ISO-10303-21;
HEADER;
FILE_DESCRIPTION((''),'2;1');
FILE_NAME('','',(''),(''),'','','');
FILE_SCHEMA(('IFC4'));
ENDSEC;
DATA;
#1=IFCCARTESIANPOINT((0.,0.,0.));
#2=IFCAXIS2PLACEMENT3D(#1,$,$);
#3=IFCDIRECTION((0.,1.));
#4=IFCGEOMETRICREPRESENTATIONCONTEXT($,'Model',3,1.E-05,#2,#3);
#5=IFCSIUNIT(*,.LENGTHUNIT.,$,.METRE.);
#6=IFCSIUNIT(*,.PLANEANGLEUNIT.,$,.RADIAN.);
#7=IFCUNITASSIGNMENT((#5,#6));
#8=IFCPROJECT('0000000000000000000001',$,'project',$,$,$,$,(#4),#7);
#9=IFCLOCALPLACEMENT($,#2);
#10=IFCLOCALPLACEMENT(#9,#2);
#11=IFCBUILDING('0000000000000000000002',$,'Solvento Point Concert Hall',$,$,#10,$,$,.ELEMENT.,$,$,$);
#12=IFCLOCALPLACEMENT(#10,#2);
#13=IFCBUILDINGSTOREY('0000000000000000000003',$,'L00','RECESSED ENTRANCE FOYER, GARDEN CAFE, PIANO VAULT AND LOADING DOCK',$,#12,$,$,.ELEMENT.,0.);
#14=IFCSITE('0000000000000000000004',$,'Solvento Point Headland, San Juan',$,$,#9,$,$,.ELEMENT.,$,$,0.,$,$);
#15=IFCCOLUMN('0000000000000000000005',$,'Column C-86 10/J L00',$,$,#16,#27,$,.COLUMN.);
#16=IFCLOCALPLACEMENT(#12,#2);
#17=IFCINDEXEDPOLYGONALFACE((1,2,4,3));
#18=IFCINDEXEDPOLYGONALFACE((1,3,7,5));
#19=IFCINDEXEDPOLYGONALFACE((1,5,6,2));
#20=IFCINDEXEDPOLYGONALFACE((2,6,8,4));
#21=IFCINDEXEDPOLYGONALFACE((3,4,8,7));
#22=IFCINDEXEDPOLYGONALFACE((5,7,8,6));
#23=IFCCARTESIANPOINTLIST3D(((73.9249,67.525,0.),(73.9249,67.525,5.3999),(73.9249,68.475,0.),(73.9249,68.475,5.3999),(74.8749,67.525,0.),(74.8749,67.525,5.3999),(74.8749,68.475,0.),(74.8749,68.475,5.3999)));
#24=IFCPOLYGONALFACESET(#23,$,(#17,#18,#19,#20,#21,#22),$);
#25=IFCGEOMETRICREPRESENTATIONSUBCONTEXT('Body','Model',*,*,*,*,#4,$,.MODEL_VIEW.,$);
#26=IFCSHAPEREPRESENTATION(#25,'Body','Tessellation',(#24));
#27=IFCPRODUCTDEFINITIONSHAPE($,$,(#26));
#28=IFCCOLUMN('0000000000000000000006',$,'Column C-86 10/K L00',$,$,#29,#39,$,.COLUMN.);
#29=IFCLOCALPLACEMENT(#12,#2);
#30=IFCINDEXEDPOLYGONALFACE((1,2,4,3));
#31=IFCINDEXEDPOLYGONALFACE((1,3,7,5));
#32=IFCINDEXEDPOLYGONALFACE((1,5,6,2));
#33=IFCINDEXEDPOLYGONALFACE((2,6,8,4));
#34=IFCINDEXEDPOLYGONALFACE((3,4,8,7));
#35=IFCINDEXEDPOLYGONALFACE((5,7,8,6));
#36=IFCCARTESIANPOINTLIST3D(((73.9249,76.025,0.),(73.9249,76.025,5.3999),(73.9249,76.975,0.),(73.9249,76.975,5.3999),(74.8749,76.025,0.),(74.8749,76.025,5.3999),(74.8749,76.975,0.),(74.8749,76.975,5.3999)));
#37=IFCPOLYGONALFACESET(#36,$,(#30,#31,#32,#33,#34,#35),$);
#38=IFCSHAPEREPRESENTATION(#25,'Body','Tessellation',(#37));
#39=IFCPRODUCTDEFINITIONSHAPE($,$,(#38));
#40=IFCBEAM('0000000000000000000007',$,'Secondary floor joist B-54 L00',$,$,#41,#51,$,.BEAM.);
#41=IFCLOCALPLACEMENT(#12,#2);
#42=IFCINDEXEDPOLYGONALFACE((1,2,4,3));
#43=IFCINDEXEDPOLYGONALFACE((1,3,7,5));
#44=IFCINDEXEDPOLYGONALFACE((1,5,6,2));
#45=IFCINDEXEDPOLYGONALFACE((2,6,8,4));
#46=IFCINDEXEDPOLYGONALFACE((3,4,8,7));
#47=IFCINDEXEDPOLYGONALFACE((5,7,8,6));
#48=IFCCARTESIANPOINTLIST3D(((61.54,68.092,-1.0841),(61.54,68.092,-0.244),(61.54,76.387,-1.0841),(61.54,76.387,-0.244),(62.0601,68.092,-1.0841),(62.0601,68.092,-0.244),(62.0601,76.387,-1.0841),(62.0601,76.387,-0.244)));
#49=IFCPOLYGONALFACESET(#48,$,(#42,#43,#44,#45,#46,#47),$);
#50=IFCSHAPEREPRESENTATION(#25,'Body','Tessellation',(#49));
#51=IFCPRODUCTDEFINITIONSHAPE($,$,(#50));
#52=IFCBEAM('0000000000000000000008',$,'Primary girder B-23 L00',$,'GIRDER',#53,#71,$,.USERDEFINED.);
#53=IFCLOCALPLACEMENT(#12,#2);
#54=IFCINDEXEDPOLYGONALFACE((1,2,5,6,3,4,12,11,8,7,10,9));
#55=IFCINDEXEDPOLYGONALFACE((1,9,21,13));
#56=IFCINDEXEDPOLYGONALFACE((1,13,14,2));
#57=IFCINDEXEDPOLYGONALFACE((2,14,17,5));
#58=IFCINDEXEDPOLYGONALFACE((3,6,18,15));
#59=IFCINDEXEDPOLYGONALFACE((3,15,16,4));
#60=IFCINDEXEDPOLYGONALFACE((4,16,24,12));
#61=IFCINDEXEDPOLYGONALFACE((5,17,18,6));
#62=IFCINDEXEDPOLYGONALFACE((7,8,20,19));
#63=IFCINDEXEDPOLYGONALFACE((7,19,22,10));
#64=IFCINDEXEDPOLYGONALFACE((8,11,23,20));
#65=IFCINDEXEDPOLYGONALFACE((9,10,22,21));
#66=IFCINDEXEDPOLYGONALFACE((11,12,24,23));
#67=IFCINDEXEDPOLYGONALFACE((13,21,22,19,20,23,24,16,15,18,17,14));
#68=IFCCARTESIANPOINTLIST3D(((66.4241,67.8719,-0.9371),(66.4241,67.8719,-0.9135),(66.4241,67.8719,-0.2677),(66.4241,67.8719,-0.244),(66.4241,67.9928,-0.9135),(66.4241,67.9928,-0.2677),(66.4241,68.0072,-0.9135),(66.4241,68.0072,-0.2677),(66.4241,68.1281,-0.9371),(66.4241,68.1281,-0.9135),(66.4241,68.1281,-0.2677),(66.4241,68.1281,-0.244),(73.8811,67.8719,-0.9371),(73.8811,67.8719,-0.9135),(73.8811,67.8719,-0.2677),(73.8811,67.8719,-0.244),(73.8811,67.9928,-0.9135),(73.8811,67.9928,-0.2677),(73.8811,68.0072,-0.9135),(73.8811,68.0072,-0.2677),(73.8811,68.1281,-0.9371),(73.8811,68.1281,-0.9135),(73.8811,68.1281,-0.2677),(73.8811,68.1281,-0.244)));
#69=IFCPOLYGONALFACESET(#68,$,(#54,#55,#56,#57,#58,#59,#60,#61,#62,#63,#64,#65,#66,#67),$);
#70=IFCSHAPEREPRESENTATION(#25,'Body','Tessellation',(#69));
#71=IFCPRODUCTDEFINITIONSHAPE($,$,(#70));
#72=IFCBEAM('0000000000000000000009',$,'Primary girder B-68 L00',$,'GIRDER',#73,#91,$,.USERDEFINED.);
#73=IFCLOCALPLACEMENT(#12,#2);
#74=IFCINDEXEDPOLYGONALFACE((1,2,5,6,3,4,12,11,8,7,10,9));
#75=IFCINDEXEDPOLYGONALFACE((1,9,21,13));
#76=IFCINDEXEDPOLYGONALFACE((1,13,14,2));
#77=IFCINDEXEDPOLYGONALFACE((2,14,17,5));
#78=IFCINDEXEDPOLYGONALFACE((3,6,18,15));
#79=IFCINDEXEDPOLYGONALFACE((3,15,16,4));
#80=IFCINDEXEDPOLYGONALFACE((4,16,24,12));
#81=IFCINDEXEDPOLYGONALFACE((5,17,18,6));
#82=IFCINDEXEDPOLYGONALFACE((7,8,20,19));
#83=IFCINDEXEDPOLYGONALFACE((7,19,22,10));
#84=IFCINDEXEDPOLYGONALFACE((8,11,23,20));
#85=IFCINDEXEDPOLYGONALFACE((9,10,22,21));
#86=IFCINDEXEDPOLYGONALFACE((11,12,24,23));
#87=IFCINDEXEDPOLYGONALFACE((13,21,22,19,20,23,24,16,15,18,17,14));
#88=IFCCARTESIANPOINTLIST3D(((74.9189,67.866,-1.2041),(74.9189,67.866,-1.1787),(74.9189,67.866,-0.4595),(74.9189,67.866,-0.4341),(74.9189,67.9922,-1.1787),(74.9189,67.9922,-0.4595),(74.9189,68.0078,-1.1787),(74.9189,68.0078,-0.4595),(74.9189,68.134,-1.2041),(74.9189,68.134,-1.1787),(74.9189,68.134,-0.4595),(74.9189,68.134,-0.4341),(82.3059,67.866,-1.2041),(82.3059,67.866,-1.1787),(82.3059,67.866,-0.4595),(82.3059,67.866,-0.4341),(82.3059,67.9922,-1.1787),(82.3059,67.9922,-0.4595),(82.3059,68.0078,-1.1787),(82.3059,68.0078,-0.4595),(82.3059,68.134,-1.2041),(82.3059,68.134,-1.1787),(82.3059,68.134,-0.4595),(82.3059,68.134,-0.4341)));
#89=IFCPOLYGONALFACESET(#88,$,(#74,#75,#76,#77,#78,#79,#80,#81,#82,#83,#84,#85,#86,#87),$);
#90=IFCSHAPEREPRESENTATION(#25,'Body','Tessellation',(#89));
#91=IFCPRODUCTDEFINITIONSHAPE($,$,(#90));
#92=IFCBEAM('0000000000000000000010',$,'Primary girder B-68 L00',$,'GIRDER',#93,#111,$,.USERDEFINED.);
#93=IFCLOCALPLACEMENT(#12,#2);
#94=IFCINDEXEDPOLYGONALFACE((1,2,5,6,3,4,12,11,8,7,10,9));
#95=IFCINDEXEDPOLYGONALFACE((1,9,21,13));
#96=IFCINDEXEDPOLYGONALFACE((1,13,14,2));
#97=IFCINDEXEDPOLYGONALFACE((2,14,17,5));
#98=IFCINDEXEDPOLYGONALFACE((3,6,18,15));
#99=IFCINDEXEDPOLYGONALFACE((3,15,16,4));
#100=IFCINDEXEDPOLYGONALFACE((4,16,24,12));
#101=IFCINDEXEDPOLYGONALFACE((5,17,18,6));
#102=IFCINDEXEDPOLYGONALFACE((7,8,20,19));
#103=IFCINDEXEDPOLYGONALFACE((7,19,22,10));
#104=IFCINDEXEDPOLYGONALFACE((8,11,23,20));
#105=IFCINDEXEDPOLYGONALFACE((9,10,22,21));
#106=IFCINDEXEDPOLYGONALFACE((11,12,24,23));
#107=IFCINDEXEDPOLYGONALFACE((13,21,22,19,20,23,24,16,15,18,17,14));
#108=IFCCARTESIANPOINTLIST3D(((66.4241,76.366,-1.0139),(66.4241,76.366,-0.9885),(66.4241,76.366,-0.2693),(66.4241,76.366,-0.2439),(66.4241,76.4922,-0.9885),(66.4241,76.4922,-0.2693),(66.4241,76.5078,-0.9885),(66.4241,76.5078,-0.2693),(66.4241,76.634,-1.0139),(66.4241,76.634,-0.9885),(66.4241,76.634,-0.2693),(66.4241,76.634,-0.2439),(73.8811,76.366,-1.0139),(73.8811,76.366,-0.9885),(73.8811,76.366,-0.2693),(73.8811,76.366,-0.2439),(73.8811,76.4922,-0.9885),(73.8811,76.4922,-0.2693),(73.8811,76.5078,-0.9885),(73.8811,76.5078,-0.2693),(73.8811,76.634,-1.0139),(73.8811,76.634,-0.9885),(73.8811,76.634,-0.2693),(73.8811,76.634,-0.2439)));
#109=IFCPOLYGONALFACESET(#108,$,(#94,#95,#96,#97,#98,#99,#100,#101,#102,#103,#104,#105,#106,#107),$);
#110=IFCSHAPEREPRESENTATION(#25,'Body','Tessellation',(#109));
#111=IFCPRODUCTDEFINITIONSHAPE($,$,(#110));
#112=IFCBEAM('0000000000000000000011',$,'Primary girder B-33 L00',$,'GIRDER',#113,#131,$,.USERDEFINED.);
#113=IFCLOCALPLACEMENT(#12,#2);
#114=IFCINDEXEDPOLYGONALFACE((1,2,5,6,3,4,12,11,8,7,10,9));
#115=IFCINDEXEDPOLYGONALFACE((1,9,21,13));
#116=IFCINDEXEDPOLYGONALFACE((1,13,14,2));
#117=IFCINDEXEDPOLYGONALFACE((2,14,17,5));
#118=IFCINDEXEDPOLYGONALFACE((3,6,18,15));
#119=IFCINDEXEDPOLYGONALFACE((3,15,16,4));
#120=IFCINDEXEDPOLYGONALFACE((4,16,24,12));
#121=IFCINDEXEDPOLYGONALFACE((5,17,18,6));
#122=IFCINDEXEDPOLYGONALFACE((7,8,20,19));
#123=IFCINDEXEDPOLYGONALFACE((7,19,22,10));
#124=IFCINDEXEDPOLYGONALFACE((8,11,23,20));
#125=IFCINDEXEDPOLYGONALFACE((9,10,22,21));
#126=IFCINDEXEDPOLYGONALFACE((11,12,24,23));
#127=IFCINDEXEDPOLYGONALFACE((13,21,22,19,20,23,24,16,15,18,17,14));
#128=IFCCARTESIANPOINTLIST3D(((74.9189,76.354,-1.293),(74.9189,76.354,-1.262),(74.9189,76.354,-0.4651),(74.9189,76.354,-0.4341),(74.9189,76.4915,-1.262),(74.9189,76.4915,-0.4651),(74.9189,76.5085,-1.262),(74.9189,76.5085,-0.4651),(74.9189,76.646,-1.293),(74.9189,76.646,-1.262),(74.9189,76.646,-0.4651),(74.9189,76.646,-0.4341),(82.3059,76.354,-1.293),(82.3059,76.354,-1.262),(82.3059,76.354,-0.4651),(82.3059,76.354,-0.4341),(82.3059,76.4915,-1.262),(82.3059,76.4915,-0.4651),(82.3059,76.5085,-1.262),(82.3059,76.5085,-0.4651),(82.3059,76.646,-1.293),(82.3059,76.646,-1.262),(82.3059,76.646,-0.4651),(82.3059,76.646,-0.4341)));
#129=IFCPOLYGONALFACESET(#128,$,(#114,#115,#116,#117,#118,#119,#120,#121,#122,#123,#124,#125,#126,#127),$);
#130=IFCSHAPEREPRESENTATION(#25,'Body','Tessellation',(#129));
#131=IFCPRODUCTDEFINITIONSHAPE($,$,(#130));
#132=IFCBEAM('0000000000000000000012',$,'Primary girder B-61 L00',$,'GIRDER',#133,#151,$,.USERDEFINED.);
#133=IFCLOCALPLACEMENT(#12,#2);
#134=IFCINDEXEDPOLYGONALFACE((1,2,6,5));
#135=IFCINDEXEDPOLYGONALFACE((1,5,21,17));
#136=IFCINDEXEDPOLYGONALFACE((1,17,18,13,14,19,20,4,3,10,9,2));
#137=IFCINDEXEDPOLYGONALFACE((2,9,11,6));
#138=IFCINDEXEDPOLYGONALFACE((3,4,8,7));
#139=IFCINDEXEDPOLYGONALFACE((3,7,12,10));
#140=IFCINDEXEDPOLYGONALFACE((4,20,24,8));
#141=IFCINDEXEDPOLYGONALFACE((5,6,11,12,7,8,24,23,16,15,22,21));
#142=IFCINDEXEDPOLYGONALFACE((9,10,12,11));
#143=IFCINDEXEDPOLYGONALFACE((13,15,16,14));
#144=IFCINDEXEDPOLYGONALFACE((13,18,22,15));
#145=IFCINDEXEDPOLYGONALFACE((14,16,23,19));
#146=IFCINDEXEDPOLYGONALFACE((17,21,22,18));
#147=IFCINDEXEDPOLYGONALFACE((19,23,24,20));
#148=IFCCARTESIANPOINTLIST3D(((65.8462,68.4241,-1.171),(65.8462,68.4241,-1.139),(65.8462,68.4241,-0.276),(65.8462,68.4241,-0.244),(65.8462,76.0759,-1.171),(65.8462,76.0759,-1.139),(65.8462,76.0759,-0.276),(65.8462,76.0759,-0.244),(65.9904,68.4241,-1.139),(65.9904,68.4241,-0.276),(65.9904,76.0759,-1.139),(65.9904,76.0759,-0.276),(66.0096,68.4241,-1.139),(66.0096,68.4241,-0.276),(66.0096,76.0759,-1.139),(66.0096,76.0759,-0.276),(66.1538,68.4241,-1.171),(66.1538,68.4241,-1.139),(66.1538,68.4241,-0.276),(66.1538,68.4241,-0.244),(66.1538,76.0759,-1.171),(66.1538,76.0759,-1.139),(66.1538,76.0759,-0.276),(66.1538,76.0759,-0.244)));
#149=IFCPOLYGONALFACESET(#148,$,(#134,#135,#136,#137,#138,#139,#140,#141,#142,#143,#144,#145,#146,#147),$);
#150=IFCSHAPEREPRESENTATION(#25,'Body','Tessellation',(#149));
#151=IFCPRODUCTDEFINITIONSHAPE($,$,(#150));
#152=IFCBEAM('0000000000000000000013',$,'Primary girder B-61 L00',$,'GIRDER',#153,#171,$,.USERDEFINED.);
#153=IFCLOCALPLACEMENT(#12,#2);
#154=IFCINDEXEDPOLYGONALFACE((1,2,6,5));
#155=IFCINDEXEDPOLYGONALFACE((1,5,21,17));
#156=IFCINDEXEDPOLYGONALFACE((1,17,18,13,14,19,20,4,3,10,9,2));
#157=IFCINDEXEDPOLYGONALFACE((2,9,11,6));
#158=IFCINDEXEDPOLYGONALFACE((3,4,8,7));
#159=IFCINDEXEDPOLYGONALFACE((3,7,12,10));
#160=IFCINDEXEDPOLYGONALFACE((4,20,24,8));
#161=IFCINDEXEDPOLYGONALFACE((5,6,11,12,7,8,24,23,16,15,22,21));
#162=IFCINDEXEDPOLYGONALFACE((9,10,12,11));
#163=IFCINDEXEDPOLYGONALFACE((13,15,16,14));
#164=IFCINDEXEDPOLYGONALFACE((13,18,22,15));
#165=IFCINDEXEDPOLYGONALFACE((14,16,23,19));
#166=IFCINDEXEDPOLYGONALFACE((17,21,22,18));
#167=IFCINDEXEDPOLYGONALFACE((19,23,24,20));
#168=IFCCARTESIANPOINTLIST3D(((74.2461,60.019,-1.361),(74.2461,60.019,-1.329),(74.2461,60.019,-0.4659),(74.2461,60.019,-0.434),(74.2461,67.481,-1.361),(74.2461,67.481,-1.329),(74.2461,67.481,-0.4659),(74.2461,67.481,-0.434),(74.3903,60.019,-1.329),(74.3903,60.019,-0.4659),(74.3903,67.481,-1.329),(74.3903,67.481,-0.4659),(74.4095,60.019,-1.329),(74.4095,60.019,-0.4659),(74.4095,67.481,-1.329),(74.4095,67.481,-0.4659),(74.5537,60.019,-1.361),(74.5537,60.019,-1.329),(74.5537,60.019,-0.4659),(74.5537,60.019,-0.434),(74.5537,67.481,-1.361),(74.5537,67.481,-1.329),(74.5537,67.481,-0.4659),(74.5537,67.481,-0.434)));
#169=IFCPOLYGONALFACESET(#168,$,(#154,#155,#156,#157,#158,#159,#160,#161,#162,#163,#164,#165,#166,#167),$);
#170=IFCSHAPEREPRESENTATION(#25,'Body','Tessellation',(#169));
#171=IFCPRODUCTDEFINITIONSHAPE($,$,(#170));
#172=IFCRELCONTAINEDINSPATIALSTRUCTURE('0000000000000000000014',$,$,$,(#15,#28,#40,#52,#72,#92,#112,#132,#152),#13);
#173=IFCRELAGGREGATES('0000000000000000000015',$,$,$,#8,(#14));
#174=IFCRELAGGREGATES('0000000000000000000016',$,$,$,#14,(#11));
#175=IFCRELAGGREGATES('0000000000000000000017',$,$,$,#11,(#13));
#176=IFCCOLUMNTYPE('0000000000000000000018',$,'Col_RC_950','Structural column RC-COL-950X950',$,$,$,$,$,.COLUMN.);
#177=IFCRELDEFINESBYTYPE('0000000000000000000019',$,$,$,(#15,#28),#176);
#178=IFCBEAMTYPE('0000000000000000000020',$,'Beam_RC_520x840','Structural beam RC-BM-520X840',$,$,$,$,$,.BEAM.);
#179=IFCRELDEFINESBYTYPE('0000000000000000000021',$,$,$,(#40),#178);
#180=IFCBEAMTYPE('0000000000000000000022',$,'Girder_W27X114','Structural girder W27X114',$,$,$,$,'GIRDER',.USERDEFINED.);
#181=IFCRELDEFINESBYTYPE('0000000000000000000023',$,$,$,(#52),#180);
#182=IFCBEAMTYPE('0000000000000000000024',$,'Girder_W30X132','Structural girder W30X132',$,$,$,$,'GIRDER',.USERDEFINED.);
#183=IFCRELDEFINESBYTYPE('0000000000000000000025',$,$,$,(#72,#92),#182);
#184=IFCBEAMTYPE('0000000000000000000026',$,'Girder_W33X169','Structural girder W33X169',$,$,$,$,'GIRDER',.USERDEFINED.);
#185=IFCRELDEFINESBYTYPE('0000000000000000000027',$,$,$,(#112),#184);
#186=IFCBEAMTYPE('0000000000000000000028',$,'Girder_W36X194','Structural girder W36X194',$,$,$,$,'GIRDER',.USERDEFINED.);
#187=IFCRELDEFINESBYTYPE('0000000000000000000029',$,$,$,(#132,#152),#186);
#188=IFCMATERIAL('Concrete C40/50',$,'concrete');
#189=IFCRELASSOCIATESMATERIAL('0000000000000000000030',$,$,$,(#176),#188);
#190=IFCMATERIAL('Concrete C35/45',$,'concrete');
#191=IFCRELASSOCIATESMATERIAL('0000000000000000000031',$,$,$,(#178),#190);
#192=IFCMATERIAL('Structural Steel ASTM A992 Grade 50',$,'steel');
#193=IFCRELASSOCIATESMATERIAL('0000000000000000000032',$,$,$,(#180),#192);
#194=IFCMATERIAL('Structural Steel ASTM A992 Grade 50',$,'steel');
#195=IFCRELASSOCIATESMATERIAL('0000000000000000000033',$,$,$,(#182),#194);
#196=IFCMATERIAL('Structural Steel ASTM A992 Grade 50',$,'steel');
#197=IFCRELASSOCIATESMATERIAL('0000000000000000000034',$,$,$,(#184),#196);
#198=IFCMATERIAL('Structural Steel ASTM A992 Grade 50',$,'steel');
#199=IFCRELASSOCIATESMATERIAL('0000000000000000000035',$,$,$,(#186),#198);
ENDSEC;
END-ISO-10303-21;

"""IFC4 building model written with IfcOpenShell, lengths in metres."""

from ifc_helpers import new_model, si_unit, direction, frame, origin, origin_2d, place, context, subcontext, project, spatial, rectangle, i_section, extrude, material, material_profile, profile_set, type_object, element, save


model = new_model("IFC4")

# Units and contexts
model_context = context("Model", 3, precision=1e-05, world=origin(), true_north=direction((0.0, 1.0)))
body_context = subcontext(model_context, "Body", "Model", "MODEL_VIEW")
ifc_project = project(units=[si_unit("LENGTHUNIT", "METRE"), si_unit("PLANEANGLEUNIT", "RADIAN")], contexts=[model_context])

# Site, building, storey
site_placement = place(None, origin())
site = spatial("IfcSite", under=ifc_project, at=site_placement, Name="Solvento Point Headland, San Juan", CompositionType="ELEMENT", RefElevation=0.0)
building_placement = place(site_placement, origin())
building = spatial("IfcBuilding", under=site, at=building_placement, Name="Solvento Point Concert Hall", CompositionType="ELEMENT")
storey_placement = place(building_placement, origin())
storey = spatial("IfcBuildingStorey", under=building, at=storey_placement, Name="L00", Description="RECESSED ENTRANCE FOYER, GARDEN CAFE, PIANO VAULT AND LOADING DOCK", CompositionType="ELEMENT", Elevation=0.0)

# Columns
ifc_material_1 = material(Name="Concrete C40/50", Category="concrete")
ifc_material_profile_1 = material_profile(ifc_material_1, rectangle(XDim=0.95, YDim=0.95, at=origin_2d()), Name="RC-COL-950X950")
ifc_profile_set_1 = profile_set([ifc_material_profile_1], Name="Concrete C40/50")
column_type = type_object("IfcColumnType", Name="Col_RC_950", Description="Structural column RC-COL-950X950", PredefinedType="COLUMN", material=ifc_profile_set_1)
for number, where, z_axis, x_axis, name in (
    (1, (74.3999, 68.0, 0.0), (0.0, 0.0, 1.0), (1.0, 0.0, 0.0), "Column C-86 10/J L00"),
    (2, (74.3999, 76.5, 0.0), (0.0, 0.0, 1.0), (1.0, 0.0, 0.0), "Column C-86 10/K L00"),
):
    element("IfcColumn", number, at=place(storey_placement, frame(where, z_axis=z_axis, x_axis=x_axis)), inside=storey, type_object=column_type, Name=name, PredefinedType="COLUMN", context=body_context, shape_type="SweptSolid", body=[
        extrude(rectangle(XDim=0.95, YDim=0.95, at=origin_2d()), origin(), (0.0, 0.0, 1.0), 5.3999),
    ])

# Beams
ifc_material_2 = material(Name="Concrete C35/45", Category="concrete")
ifc_material_profile_2 = material_profile(ifc_material_2, rectangle(XDim=0.52, YDim=0.8401, at=origin_2d()), Name="RC-BM-520X840")
ifc_profile_set_2 = profile_set([ifc_material_profile_2], Name="Concrete C35/45")
beam_type_1 = type_object("IfcBeamType", Name="Beam_RC_520x840", Description="Structural beam RC-BM-520X840", PredefinedType="BEAM", material=ifc_profile_set_2)
beam_1_placement = place(storey_placement, frame((61.8, 68.092, -0.6641), z_axis=(0.0, 1.0, 0.0), x_axis=(-1.0, 0.0, 0.0)))
element("IfcBeam", 3, at=beam_1_placement, inside=storey, type_object=beam_type_1, Name="Secondary floor joist B-54 L00", PredefinedType="BEAM", context=body_context, shape_type="SweptSolid", body=[
    extrude(rectangle(XDim=0.52, YDim=0.8401, at=origin_2d()), origin(), (0.0, 0.0, 1.0), 8.2949),
])
ifc_material_3 = material(Name="Structural Steel ASTM A992 Grade 50", Category="steel")
ifc_material_profile_3 = material_profile(ifc_material_3, i_section(OverallWidth=0.2561, OverallDepth=0.6931, WebThickness=0.0144, FlangeThickness=0.0237, at=origin_2d()), Name="W27X114")
ifc_profile_set_3 = profile_set([ifc_material_profile_3], Name="Structural Steel ASTM A992 Grade 50")
beam_type_2 = type_object("IfcBeamType", Name="Girder_W27X114", Description="Structural girder W27X114", ElementType="GIRDER", PredefinedType="USERDEFINED", material=ifc_profile_set_3)
beam_2_placement = place(storey_placement, frame((66.4241, 68.0, -0.5906), z_axis=(1.0, 0.0, 0.0), x_axis=(0.0, 1.0, 0.0)))
element("IfcBeam", 4, at=beam_2_placement, inside=storey, type_object=beam_type_2, Name="Primary girder B-23 L00", ObjectType="GIRDER", PredefinedType="USERDEFINED", context=body_context, shape_type="SweptSolid", body=[
    extrude(i_section(OverallWidth=0.2561, OverallDepth=0.6931, WebThickness=0.0144, FlangeThickness=0.0237, at=origin_2d()), origin(), (0.0, 0.0, 1.0), 7.457),
])
ifc_material_4 = material(Name="Structural Steel ASTM A992 Grade 50", Category="steel")
ifc_material_profile_4 = material_profile(ifc_material_4, i_section(OverallWidth=0.2681, OverallDepth=0.77, WebThickness=0.0156, FlangeThickness=0.0254, at=origin_2d()), Name="W30X132")
ifc_profile_set_4 = profile_set([ifc_material_profile_4], Name="Structural Steel ASTM A992 Grade 50")
beam_type_3 = type_object("IfcBeamType", Name="Girder_W30X132", Description="Structural girder W30X132", ElementType="GIRDER", PredefinedType="USERDEFINED", material=ifc_profile_set_4)
beam_3_placement = place(storey_placement, frame((74.9189, 68.0, -0.8191), z_axis=(1.0, 0.0, 0.0), x_axis=(0.0, 1.0, 0.0)))
element("IfcBeam", 5, at=beam_3_placement, inside=storey, type_object=beam_type_3, Name="Primary girder B-68 L00", ObjectType="GIRDER", PredefinedType="USERDEFINED", context=body_context, shape_type="SweptSolid", body=[
    extrude(i_section(OverallWidth=0.2681, OverallDepth=0.77, WebThickness=0.0156, FlangeThickness=0.0254, at=origin_2d()), origin(), (0.0, 0.0, 1.0), 7.387),
])
beam_4_placement = place(storey_placement, frame((66.4241, 76.5, -0.6289), z_axis=(1.0, 0.0, 0.0), x_axis=(0.0, 1.0, 0.0)))
element("IfcBeam", 6, at=beam_4_placement, inside=storey, type_object=beam_type_3, Name="Primary girder B-68 L00", ObjectType="GIRDER", PredefinedType="USERDEFINED", context=body_context, shape_type="SweptSolid", body=[
    extrude(i_section(OverallWidth=0.2681, OverallDepth=0.77, WebThickness=0.0156, FlangeThickness=0.0254, at=origin_2d()), origin(), (0.0, 0.0, 1.0), 7.457),
])
ifc_material_5 = material(Name="Structural Steel ASTM A992 Grade 50", Category="steel")
ifc_material_profile_5 = material_profile(ifc_material_5, i_section(OverallWidth=0.292, OverallDepth=0.8589, WebThickness=0.0171, FlangeThickness=0.031, at=origin_2d()), Name="W33X169")
ifc_profile_set_5 = profile_set([ifc_material_profile_5], Name="Structural Steel ASTM A992 Grade 50")
beam_type_4 = type_object("IfcBeamType", Name="Girder_W33X169", Description="Structural girder W33X169", ElementType="GIRDER", PredefinedType="USERDEFINED", material=ifc_profile_set_5)
beam_5_placement = place(storey_placement, frame((74.9189, 76.5, -0.8635), z_axis=(1.0, 0.0, 0.0), x_axis=(0.0, 1.0, 0.0)))
element("IfcBeam", 7, at=beam_5_placement, inside=storey, type_object=beam_type_4, Name="Primary girder B-33 L00", ObjectType="GIRDER", PredefinedType="USERDEFINED", context=body_context, shape_type="SweptSolid", body=[
    extrude(i_section(OverallWidth=0.292, OverallDepth=0.8589, WebThickness=0.0171, FlangeThickness=0.031, at=origin_2d()), origin(), (0.0, 0.0, 1.0), 7.387),
])
ifc_material_6 = material(Name="Structural Steel ASTM A992 Grade 50", Category="steel")
ifc_material_profile_6 = material_profile(ifc_material_6, i_section(OverallWidth=0.3076, OverallDepth=0.927, WebThickness=0.0193, FlangeThickness=0.032, at=origin_2d()), Name="W36X194")
ifc_profile_set_6 = profile_set([ifc_material_profile_6], Name="Structural Steel ASTM A992 Grade 50")
beam_type_5 = type_object("IfcBeamType", Name="Girder_W36X194", Description="Structural girder W36X194", ElementType="GIRDER", PredefinedType="USERDEFINED", material=ifc_profile_set_6)
beam_6_placement = place(storey_placement, frame((66.0, 68.4241, -0.7075), z_axis=(0.0, 1.0, 0.0), x_axis=(-1.0, 0.0, 0.0)))
element("IfcBeam", 8, at=beam_6_placement, inside=storey, type_object=beam_type_5, Name="Primary girder B-61 L00", ObjectType="GIRDER", PredefinedType="USERDEFINED", context=body_context, shape_type="SweptSolid", body=[
    extrude(i_section(OverallWidth=0.3076, OverallDepth=0.927, WebThickness=0.0193, FlangeThickness=0.032, at=origin_2d()), origin(), (0.0, 0.0, 1.0), 7.6519),
])
beam_7_placement = place(storey_placement, frame((74.3999, 60.019, -0.8975), z_axis=(0.0, 1.0, 0.0), x_axis=(-1.0, 0.0, 0.0)))
element("IfcBeam", 9, at=beam_7_placement, inside=storey, type_object=beam_type_5, Name="Primary girder B-61 L00", ObjectType="GIRDER", PredefinedType="USERDEFINED", context=body_context, shape_type="SweptSolid", body=[
    extrude(i_section(OverallWidth=0.3076, OverallDepth=0.927, WebThickness=0.0193, FlangeThickness=0.032, at=origin_2d()), origin(), (0.0, 0.0, 1.0), 7.4619),
])

save(model, "model.ifc")
